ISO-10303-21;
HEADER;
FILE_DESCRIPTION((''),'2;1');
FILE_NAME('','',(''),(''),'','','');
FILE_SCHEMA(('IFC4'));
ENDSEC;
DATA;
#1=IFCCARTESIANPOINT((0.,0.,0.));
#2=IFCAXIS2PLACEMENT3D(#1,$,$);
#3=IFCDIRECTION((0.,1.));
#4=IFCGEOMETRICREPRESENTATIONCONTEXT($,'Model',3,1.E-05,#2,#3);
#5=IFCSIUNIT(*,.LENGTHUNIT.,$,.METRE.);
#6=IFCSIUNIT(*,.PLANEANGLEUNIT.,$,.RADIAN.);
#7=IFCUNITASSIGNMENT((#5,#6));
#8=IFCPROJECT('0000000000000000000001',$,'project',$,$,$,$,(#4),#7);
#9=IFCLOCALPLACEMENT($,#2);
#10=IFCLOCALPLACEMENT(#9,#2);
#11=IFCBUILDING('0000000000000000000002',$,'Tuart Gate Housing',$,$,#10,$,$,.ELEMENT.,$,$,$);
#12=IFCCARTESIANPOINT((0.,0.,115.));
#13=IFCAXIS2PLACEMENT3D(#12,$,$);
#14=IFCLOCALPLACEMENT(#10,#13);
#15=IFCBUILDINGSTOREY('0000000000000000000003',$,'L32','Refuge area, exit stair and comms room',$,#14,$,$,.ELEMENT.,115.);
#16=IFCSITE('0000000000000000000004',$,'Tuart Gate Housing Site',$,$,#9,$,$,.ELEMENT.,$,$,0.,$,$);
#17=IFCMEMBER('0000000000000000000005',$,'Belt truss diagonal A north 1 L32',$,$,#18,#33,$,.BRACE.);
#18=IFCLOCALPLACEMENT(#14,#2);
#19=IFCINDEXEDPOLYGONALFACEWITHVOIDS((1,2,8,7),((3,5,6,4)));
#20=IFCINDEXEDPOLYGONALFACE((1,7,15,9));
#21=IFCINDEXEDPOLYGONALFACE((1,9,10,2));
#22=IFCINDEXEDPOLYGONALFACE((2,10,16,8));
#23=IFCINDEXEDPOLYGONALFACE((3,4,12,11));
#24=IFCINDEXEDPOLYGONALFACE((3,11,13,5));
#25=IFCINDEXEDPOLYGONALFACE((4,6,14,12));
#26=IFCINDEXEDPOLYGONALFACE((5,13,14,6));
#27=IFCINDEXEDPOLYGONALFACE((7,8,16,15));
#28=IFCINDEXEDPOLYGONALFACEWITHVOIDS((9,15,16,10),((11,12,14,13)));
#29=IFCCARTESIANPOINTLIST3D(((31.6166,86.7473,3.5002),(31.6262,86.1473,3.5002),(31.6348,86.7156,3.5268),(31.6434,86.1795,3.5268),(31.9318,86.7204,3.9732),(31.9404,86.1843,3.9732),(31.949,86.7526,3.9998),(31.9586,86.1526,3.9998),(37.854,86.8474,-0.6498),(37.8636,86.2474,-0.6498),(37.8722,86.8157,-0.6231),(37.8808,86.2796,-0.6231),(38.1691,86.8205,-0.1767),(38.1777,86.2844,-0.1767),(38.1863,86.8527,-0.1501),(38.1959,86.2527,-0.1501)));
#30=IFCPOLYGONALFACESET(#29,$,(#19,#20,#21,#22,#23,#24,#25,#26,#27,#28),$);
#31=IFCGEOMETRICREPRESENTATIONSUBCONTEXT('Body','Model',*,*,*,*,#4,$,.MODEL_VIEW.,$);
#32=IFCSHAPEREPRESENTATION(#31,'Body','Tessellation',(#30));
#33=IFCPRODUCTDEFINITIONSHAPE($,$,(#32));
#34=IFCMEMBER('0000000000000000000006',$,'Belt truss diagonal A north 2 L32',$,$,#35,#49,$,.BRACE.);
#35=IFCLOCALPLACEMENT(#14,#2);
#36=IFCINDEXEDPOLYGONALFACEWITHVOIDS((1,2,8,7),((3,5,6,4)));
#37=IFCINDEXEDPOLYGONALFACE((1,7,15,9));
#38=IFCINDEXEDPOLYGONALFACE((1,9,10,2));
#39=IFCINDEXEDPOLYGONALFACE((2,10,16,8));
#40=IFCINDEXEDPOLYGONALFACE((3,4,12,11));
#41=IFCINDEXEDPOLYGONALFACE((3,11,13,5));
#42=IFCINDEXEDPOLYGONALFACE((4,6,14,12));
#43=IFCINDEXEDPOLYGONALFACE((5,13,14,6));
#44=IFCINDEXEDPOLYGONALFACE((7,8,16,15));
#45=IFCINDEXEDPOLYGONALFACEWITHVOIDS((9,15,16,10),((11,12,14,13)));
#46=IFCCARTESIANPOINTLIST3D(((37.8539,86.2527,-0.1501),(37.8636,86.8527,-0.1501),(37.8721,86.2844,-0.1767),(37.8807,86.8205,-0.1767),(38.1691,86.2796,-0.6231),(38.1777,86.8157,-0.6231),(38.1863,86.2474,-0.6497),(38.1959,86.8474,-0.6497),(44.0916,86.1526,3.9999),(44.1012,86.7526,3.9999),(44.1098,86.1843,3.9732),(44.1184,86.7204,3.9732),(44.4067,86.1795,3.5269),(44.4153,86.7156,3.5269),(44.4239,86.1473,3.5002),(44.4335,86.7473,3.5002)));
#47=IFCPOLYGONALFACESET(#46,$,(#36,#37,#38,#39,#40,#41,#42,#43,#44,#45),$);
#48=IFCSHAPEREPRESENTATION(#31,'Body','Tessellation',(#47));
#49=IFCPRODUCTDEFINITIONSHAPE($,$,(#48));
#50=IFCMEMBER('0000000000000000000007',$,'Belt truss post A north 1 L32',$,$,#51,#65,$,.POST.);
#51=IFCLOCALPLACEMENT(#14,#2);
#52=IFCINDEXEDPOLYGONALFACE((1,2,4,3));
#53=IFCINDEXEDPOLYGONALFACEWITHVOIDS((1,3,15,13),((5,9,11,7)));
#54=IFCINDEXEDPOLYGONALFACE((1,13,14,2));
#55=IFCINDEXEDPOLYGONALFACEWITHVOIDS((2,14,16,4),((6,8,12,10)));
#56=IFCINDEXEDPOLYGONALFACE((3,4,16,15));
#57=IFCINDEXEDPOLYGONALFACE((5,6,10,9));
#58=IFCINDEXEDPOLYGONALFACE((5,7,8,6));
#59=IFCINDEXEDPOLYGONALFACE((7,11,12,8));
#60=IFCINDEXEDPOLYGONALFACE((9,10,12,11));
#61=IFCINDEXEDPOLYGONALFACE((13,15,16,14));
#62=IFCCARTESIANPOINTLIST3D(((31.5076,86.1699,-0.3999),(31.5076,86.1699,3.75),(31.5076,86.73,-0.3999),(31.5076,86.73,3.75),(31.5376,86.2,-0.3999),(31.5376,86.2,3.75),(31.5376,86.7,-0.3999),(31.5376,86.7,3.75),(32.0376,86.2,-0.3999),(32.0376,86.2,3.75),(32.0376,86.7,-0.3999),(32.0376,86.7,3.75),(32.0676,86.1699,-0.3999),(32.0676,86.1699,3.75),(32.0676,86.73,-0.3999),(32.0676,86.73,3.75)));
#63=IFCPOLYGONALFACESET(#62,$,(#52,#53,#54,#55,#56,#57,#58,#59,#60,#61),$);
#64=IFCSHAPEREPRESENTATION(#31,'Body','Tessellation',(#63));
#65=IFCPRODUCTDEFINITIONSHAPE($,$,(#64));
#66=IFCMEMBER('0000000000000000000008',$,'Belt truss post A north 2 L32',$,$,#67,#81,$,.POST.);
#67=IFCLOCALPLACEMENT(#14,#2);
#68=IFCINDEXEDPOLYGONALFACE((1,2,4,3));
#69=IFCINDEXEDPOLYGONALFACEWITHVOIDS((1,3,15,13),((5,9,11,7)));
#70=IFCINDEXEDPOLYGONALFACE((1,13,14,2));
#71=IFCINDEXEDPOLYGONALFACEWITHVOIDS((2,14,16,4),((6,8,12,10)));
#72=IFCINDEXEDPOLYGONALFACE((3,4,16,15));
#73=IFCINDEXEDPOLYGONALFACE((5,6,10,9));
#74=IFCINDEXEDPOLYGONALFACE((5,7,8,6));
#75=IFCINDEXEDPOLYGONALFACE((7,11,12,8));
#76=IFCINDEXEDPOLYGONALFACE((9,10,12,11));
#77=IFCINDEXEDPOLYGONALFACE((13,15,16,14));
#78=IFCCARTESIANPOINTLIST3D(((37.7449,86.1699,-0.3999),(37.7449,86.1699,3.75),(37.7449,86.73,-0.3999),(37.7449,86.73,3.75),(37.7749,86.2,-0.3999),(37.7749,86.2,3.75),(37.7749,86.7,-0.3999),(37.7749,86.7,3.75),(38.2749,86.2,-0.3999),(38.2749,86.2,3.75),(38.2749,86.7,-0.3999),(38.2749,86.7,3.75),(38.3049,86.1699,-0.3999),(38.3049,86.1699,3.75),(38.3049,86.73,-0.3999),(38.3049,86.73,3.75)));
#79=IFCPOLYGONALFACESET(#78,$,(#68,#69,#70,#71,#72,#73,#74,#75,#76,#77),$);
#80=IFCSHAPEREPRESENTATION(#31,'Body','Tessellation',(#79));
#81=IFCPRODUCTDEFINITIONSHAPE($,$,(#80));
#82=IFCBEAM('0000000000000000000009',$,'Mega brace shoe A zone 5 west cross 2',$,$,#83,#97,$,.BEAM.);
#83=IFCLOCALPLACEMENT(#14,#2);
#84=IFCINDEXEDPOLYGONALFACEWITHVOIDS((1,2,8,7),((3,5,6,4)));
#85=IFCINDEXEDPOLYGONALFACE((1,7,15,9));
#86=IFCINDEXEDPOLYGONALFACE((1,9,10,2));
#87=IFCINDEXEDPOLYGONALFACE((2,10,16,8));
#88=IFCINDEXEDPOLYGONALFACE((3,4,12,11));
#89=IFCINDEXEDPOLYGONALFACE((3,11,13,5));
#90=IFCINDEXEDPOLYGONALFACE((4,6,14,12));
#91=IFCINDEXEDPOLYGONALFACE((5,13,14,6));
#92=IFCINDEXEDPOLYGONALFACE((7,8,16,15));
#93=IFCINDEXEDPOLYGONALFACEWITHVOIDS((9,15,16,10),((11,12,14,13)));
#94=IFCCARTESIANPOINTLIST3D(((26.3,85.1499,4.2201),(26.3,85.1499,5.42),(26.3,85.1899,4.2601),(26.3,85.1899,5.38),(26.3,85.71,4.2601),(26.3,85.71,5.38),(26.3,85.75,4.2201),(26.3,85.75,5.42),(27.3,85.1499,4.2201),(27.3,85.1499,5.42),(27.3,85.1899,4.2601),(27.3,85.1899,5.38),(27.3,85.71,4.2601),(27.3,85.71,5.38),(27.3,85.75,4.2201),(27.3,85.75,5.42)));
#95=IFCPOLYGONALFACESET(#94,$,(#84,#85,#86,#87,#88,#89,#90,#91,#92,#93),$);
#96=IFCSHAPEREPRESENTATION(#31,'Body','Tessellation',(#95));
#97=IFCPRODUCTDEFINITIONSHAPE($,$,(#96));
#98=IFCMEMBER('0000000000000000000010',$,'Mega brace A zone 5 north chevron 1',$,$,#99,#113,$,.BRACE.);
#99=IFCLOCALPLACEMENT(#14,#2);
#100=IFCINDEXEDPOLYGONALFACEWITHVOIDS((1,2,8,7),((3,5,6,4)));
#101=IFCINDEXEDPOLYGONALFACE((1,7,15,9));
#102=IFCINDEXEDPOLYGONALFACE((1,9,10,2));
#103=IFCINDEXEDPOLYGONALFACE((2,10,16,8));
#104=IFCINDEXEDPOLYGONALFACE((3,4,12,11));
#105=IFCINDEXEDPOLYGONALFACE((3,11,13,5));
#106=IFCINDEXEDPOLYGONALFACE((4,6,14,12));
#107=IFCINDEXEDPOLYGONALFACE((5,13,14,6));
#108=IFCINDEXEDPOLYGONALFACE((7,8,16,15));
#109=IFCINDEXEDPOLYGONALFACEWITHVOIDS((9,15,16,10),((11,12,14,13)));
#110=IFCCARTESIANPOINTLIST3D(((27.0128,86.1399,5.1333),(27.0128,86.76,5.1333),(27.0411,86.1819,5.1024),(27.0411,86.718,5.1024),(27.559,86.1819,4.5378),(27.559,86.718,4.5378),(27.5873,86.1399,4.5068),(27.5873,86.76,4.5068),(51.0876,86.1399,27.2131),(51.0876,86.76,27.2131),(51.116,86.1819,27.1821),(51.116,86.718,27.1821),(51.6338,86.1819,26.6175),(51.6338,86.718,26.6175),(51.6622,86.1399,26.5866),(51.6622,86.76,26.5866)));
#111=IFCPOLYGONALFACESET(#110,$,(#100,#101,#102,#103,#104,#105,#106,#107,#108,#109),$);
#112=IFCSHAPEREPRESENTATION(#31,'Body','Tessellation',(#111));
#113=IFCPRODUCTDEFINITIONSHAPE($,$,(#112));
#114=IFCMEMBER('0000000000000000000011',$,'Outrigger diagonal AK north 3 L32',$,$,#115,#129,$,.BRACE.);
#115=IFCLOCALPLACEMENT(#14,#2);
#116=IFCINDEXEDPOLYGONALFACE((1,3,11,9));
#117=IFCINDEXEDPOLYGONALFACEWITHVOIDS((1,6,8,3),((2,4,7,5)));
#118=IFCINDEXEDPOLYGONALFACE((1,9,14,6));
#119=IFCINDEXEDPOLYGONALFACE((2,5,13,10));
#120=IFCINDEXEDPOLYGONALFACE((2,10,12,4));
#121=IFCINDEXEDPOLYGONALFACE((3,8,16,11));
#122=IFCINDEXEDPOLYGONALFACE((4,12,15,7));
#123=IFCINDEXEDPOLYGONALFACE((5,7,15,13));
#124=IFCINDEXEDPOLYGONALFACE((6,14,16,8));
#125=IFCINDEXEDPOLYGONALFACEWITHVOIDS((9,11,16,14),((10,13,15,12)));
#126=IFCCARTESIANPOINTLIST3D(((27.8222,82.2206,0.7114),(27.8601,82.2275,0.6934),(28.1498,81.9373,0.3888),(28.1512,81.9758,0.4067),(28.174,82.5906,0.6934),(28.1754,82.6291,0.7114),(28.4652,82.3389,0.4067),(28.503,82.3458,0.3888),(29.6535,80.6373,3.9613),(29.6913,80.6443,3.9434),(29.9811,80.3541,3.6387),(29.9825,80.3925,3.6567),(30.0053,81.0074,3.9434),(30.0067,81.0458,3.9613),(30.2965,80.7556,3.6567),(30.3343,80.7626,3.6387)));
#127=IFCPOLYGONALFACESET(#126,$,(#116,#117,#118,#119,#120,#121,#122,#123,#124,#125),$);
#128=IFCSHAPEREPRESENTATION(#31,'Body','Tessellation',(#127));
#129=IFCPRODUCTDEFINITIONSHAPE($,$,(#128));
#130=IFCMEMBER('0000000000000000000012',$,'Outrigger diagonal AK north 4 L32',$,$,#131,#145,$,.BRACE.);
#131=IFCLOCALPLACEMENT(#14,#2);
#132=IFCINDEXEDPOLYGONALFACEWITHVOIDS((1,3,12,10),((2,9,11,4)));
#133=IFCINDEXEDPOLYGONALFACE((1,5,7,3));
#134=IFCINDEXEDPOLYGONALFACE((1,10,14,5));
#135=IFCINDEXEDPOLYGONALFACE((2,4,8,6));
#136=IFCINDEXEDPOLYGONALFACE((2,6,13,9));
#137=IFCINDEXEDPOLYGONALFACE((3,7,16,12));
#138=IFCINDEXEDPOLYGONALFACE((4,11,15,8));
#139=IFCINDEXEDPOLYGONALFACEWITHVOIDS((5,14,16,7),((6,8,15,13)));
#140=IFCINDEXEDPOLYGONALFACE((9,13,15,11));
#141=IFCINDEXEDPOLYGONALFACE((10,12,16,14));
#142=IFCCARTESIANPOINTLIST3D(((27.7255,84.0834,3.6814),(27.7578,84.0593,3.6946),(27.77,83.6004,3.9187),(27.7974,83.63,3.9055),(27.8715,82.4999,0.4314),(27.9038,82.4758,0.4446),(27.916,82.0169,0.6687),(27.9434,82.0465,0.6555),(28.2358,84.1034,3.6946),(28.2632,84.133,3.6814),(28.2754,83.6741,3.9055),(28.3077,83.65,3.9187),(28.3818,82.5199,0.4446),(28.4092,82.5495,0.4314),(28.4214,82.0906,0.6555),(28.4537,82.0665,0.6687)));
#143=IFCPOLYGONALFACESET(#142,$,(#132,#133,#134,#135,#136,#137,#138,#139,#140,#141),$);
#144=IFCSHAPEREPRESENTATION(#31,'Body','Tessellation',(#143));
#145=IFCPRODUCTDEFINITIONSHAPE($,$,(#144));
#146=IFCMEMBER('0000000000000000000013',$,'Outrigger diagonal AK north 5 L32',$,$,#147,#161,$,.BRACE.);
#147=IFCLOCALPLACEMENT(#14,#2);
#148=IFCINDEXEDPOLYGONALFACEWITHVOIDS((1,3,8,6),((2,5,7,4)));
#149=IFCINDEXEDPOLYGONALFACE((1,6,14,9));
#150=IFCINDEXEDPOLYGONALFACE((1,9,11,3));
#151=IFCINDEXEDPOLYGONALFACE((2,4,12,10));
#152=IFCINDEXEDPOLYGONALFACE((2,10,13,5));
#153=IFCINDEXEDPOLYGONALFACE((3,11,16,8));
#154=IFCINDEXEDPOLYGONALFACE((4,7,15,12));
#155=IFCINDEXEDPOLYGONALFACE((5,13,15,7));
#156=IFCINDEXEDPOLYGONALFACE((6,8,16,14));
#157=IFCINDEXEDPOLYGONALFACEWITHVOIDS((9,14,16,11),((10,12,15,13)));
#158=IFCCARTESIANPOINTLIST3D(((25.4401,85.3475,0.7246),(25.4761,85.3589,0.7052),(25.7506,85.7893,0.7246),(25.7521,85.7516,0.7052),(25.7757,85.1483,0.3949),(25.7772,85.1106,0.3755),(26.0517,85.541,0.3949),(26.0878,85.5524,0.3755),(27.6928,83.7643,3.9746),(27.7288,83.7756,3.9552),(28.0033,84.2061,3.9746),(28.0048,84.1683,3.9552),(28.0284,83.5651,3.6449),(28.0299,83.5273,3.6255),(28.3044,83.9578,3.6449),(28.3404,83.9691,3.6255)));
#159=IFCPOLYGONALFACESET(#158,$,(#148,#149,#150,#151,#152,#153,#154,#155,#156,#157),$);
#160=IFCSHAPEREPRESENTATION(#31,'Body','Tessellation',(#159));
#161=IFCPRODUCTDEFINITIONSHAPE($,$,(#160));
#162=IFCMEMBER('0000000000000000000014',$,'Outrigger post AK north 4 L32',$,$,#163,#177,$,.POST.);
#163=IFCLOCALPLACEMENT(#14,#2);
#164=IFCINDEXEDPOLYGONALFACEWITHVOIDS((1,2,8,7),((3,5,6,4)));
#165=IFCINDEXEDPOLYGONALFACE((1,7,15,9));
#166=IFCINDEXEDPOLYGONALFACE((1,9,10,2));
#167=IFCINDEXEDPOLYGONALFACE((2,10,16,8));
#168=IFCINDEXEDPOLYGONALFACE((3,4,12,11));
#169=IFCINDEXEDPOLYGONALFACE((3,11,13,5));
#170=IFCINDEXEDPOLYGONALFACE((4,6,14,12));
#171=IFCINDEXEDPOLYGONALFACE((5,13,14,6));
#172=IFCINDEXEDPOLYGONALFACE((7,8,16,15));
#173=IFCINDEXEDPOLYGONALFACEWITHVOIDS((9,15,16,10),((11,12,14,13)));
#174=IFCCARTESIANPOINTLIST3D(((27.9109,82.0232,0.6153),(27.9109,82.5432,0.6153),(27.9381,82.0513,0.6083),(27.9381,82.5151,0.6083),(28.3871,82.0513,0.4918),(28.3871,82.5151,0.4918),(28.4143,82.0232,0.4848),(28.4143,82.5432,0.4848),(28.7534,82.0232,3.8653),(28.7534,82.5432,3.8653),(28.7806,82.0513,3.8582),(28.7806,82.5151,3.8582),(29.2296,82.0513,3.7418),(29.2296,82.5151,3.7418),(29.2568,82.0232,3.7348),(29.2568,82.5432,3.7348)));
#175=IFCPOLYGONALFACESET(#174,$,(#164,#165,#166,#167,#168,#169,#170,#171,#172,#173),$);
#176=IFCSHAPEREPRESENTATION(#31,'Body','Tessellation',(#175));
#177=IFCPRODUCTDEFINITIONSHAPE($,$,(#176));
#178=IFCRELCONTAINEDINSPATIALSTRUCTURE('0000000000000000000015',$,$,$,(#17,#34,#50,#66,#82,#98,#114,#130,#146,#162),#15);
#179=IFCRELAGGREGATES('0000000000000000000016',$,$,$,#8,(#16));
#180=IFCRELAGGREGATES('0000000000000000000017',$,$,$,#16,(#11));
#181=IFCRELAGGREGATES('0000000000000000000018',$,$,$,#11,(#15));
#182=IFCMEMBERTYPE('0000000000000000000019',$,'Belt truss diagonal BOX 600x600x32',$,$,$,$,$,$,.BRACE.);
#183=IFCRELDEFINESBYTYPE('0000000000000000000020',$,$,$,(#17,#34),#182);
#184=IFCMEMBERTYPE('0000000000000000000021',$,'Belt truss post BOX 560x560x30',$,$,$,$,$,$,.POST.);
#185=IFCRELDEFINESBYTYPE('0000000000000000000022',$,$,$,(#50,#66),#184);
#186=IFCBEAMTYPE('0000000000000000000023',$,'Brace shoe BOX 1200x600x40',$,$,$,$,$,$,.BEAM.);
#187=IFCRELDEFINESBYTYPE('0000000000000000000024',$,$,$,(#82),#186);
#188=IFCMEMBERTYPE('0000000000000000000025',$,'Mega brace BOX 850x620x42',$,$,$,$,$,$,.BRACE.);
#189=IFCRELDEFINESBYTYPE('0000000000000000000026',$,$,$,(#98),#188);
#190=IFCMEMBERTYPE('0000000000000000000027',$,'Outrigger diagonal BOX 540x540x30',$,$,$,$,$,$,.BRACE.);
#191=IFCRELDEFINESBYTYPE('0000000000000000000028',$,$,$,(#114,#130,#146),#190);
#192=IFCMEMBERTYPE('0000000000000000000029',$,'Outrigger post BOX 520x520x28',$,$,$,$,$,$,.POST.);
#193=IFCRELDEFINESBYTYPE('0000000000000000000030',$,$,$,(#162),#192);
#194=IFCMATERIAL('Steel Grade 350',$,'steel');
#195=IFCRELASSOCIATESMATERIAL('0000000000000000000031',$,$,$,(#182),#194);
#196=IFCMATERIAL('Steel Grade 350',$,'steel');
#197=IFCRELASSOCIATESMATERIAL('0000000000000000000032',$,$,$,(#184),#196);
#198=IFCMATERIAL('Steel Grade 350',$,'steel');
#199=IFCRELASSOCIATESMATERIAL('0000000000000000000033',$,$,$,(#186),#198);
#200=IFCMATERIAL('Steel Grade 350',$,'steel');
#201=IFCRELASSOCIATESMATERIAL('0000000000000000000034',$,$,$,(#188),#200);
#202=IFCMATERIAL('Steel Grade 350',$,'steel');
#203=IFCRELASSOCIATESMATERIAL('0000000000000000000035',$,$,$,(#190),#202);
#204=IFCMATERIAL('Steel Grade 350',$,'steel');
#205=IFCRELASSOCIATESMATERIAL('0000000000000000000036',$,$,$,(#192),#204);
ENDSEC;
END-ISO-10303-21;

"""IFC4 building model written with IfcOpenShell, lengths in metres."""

from ifc_helpers import new_model, si_unit, direction, frame, origin, origin_2d, place, context, subcontext, project, spatial, hollow_rectangle, extrude, material, material_profile, profile_set, type_object, element, save


model = new_model("IFC4")

# Units and contexts
model_context = context("Model", 3, precision=1e-05, world=origin(), true_north=direction((0.0, 1.0)))
body_context = subcontext(model_context, "Body", "Model", "MODEL_VIEW")
ifc_project = project(units=[si_unit("LENGTHUNIT", "METRE"), si_unit("PLANEANGLEUNIT", "RADIAN")], contexts=[model_context])

# Site, building, storey
site_placement = place(None, origin())
site = spatial("IfcSite", under=ifc_project, at=site_placement, Name="Tuart Gate Housing Site", CompositionType="ELEMENT", RefElevation=0.0)
building_placement = place(site_placement, origin())
building = spatial("IfcBuilding", under=site, at=building_placement, Name="Tuart Gate Housing", CompositionType="ELEMENT")
storey_placement = place(building_placement, frame((0.0, 0.0, 115.0)))
storey = spatial("IfcBuildingStorey", under=building, at=storey_placement, Name="L32", Description="Refuge area, exit stair and comms room", CompositionType="ELEMENT", Elevation=115.0)

# Members
ifc_material_1 = material(Name="Steel Grade 350", Category="steel")
ifc_material_profile_1 = material_profile(ifc_material_1, hollow_rectangle(XDim=0.6001, YDim=0.6001, WallThickness=0.032, at=origin_2d()), Name="BOX 600x600x32")
ifc_profile_set_1 = profile_set([ifc_material_profile_1], Name="Steel Grade 350")
member_type_1 = type_object("IfcMemberType", Name="Belt truss diagonal BOX 600x600x32", PredefinedType="BRACE", material=ifc_profile_set_1)
member_1_placement = place(storey_placement, frame((31.7876, 86.45, 3.75), z_axis=(0.832487, 0.01336, -0.553883), x_axis=(-0.016046, 0.999871, 0.0)))
element("IfcMember", 1, at=member_1_placement, inside=storey, type_object=member_type_1, Name="Belt truss diagonal A north 1 L32", PredefinedType="BRACE", context=body_context, shape_type="SweptSolid", body=[
    extrude(hollow_rectangle(XDim=0.6001, YDim=0.6001, WallThickness=0.032, at=origin_2d()), origin(), (0.0, 0.0, 1.0), 7.4924),
])
member_2_placement = place(storey_placement, frame((38.0249, 86.55, -0.3999), z_axis=(0.832497, -0.01336, 0.553868), x_axis=(0.016046, 0.999871, 0.0)))
element("IfcMember", 2, at=member_2_placement, inside=storey, type_object=member_type_1, Name="Belt truss diagonal A north 2 L32", PredefinedType="BRACE", context=body_context, shape_type="SweptSolid", body=[
    extrude(hollow_rectangle(XDim=0.6001, YDim=0.6001, WallThickness=0.032, at=origin_2d()), origin(), (0.0, 0.0, 1.0), 7.4927),
])
ifc_material_2 = material(Name="Steel Grade 350", Category="steel")
ifc_material_profile_2 = material_profile(ifc_material_2, hollow_rectangle(XDim=0.5601, YDim=0.5601, WallThickness=0.03, at=origin_2d()), Name="BOX 560x560x30")
ifc_profile_set_2 = profile_set([ifc_material_profile_2], Name="Steel Grade 350")
member_type_2 = type_object("IfcMemberType", Name="Belt truss post BOX 560x560x30", PredefinedType="POST", material=ifc_profile_set_2)
for number, where, z_axis, x_axis, name in (
    (3, (31.7876, 86.45, -0.3999), (0.0, 0.0, 1.0), (1.0, 0.0, 0.0), "Belt truss post A north 1 L32"),
    (4, (38.0249, 86.45, -0.3999), (0.0, 0.0, 1.0), (1.0, 0.0, 0.0), "Belt truss post A north 2 L32"),
):
    element("IfcMember", number, at=place(storey_placement, frame(where, z_axis=z_axis, x_axis=x_axis)), inside=storey, type_object=member_type_2, Name=name, PredefinedType="POST", context=body_context, shape_type="SweptSolid", body=[
        extrude(hollow_rectangle(XDim=0.5601, YDim=0.5601, WallThickness=0.03, at=origin_2d()), origin(), (0.0, 0.0, 1.0), 4.1499),
    ])

# Beam
ifc_material_3 = material(Name="Steel Grade 350", Category="steel")
ifc_material_profile_3 = material_profile(ifc_material_3, hollow_rectangle(XDim=0.6001, YDim=1.2, WallThickness=0.04, at=origin_2d()), Name="BOX 1200x600x40")
ifc_profile_set_3 = profile_set([ifc_material_profile_3], Name="Steel Grade 350")
beam_type = type_object("IfcBeamType", Name="Brace shoe BOX 1200x600x40", PredefinedType="BEAM", material=ifc_profile_set_3)
beam_placement = place(storey_placement, frame((27.3, 85.45, 4.8201), z_axis=(-1.0, 0.0, 0.0), x_axis=(0.0, -1.0, 0.0)))
element("IfcBeam", 5, at=beam_placement, inside=storey, type_object=beam_type, Name="Mega brace shoe A zone 5 west cross 2", PredefinedType="BEAM", context=body_context, shape_type="SweptSolid", body=[
    extrude(hollow_rectangle(XDim=0.6001, YDim=1.2, WallThickness=0.04, at=origin_2d()), origin(), (0.0, 0.0, 1.0), 1.0),
])

# Members
ifc_material_4 = material(Name="Steel Grade 350", Category="steel")
ifc_material_profile_4 = material_profile(ifc_material_4, hollow_rectangle(XDim=0.6201, YDim=0.8501, WallThickness=0.042, at=origin_2d()), Name="BOX 850x620x42")
ifc_profile_set_4 = profile_set([ifc_material_profile_4], Name="Steel Grade 350")
member_type_3 = type_object("IfcMemberType", Name="Mega brace BOX 850x620x42", PredefinedType="BRACE", material=ifc_profile_set_4)
member_3_placement = place(storey_placement, frame((27.3, 86.45, 4.8201), z_axis=(0.736984, 0.0, 0.67591), x_axis=(0.0, 1.0, 0.0)))
element("IfcMember", 6, at=member_3_placement, inside=storey, type_object=member_type_3, Name="Mega brace A zone 5 north chevron 1", PredefinedType="BRACE", context=body_context, shape_type="SweptSolid", body=[
    extrude(hollow_rectangle(XDim=0.6201, YDim=0.8501, WallThickness=0.042, at=origin_2d()), origin(), (0.0, 0.0, 1.0), 32.6667),
])
ifc_material_5 = material(Name="Steel Grade 350", Category="steel")
ifc_material_profile_5 = material_profile(ifc_material_5, hollow_rectangle(XDim=0.54, YDim=0.54, WallThickness=0.03, at=origin_2d()), Name="BOX 540x540x30")
ifc_profile_set_5 = profile_set([ifc_material_profile_5], Name="Steel Grade 350")
member_type_4 = type_object("IfcMemberType", Name="Outrigger diagonal BOX 540x540x30", PredefinedType="BRACE", material=ifc_profile_set_5)
member_4_placement = place(storey_placement, frame((29.9939, 80.7, 3.8), z_axis=(-0.451892, 0.390684, -0.801972), x_axis=(-0.654016, -0.75648, 0.0)))
element("IfcMember", 7, at=member_4_placement, inside=storey, type_object=member_type_4, Name="Outrigger diagonal AK north 3 L32", PredefinedType="BRACE", context=body_context, shape_type="SweptSolid", body=[
    extrude(hollow_rectangle(XDim=0.54, YDim=0.54, WallThickness=0.03, at=origin_2d()), origin(), (0.0, 0.0, 1.0), 4.0525),
])
member_5_placement = place(storey_placement, frame((28.1626, 82.2832, 0.55), z_axis=(-0.040351, 0.437649, 0.89824), x_axis=(-0.995777, -0.091809, 0.0)))
element("IfcMember", 8, at=member_5_placement, inside=storey, type_object=member_type_4, Name="Outrigger diagonal AK north 4 L32", PredefinedType="BRACE", context=body_context, shape_type="SweptSolid", body=[
    extrude(hollow_rectangle(XDim=0.54, YDim=0.54, WallThickness=0.03, at=origin_2d()), origin(), (0.0, 0.0, 1.0), 3.6182),
])
member_6_placement = place(storey_placement, frame((28.0166, 83.8667, 3.8), z_axis=(-0.528855, 0.371695, -0.762991), x_axis=(-0.575014, -0.818143, 0.0)))
element("IfcMember", 9, at=member_6_placement, inside=storey, type_object=member_type_4, Name="Outrigger diagonal AK north 5 L32", PredefinedType="BRACE", context=body_context, shape_type="SweptSolid", body=[
    extrude(hollow_rectangle(XDim=0.54, YDim=0.54, WallThickness=0.03, at=origin_2d()), origin(), (0.0, 0.0, 1.0), 4.2595),
])
ifc_material_6 = material(Name="Steel Grade 350", Category="steel")
ifc_material_profile_6 = material_profile(ifc_material_6, hollow_rectangle(XDim=0.52, YDim=0.52, WallThickness=0.0281, at=origin_2d()), Name="BOX 520x520x28")
ifc_profile_set_6 = profile_set([ifc_material_profile_6], Name="Steel Grade 350")
member_type_5 = type_object("IfcMemberType", Name="Outrigger post BOX 520x520x28", PredefinedType="POST", material=ifc_profile_set_6)
member_7_placement = place(storey_placement, frame((28.1626, 82.2832, 0.55), z_axis=(0.250944, 0.0, 0.968001), x_axis=(0.0, 1.0, 0.0)))
element("IfcMember", 10, at=member_7_placement, inside=storey, type_object=member_type_5, Name="Outrigger post AK north 4 L32", PredefinedType="POST", context=body_context, shape_type="SweptSolid", body=[
    extrude(hollow_rectangle(XDim=0.52, YDim=0.52, WallThickness=0.0281, at=origin_2d()), origin(), (0.0, 0.0, 1.0), 3.3574),
])

save(model, "model.ifc")
